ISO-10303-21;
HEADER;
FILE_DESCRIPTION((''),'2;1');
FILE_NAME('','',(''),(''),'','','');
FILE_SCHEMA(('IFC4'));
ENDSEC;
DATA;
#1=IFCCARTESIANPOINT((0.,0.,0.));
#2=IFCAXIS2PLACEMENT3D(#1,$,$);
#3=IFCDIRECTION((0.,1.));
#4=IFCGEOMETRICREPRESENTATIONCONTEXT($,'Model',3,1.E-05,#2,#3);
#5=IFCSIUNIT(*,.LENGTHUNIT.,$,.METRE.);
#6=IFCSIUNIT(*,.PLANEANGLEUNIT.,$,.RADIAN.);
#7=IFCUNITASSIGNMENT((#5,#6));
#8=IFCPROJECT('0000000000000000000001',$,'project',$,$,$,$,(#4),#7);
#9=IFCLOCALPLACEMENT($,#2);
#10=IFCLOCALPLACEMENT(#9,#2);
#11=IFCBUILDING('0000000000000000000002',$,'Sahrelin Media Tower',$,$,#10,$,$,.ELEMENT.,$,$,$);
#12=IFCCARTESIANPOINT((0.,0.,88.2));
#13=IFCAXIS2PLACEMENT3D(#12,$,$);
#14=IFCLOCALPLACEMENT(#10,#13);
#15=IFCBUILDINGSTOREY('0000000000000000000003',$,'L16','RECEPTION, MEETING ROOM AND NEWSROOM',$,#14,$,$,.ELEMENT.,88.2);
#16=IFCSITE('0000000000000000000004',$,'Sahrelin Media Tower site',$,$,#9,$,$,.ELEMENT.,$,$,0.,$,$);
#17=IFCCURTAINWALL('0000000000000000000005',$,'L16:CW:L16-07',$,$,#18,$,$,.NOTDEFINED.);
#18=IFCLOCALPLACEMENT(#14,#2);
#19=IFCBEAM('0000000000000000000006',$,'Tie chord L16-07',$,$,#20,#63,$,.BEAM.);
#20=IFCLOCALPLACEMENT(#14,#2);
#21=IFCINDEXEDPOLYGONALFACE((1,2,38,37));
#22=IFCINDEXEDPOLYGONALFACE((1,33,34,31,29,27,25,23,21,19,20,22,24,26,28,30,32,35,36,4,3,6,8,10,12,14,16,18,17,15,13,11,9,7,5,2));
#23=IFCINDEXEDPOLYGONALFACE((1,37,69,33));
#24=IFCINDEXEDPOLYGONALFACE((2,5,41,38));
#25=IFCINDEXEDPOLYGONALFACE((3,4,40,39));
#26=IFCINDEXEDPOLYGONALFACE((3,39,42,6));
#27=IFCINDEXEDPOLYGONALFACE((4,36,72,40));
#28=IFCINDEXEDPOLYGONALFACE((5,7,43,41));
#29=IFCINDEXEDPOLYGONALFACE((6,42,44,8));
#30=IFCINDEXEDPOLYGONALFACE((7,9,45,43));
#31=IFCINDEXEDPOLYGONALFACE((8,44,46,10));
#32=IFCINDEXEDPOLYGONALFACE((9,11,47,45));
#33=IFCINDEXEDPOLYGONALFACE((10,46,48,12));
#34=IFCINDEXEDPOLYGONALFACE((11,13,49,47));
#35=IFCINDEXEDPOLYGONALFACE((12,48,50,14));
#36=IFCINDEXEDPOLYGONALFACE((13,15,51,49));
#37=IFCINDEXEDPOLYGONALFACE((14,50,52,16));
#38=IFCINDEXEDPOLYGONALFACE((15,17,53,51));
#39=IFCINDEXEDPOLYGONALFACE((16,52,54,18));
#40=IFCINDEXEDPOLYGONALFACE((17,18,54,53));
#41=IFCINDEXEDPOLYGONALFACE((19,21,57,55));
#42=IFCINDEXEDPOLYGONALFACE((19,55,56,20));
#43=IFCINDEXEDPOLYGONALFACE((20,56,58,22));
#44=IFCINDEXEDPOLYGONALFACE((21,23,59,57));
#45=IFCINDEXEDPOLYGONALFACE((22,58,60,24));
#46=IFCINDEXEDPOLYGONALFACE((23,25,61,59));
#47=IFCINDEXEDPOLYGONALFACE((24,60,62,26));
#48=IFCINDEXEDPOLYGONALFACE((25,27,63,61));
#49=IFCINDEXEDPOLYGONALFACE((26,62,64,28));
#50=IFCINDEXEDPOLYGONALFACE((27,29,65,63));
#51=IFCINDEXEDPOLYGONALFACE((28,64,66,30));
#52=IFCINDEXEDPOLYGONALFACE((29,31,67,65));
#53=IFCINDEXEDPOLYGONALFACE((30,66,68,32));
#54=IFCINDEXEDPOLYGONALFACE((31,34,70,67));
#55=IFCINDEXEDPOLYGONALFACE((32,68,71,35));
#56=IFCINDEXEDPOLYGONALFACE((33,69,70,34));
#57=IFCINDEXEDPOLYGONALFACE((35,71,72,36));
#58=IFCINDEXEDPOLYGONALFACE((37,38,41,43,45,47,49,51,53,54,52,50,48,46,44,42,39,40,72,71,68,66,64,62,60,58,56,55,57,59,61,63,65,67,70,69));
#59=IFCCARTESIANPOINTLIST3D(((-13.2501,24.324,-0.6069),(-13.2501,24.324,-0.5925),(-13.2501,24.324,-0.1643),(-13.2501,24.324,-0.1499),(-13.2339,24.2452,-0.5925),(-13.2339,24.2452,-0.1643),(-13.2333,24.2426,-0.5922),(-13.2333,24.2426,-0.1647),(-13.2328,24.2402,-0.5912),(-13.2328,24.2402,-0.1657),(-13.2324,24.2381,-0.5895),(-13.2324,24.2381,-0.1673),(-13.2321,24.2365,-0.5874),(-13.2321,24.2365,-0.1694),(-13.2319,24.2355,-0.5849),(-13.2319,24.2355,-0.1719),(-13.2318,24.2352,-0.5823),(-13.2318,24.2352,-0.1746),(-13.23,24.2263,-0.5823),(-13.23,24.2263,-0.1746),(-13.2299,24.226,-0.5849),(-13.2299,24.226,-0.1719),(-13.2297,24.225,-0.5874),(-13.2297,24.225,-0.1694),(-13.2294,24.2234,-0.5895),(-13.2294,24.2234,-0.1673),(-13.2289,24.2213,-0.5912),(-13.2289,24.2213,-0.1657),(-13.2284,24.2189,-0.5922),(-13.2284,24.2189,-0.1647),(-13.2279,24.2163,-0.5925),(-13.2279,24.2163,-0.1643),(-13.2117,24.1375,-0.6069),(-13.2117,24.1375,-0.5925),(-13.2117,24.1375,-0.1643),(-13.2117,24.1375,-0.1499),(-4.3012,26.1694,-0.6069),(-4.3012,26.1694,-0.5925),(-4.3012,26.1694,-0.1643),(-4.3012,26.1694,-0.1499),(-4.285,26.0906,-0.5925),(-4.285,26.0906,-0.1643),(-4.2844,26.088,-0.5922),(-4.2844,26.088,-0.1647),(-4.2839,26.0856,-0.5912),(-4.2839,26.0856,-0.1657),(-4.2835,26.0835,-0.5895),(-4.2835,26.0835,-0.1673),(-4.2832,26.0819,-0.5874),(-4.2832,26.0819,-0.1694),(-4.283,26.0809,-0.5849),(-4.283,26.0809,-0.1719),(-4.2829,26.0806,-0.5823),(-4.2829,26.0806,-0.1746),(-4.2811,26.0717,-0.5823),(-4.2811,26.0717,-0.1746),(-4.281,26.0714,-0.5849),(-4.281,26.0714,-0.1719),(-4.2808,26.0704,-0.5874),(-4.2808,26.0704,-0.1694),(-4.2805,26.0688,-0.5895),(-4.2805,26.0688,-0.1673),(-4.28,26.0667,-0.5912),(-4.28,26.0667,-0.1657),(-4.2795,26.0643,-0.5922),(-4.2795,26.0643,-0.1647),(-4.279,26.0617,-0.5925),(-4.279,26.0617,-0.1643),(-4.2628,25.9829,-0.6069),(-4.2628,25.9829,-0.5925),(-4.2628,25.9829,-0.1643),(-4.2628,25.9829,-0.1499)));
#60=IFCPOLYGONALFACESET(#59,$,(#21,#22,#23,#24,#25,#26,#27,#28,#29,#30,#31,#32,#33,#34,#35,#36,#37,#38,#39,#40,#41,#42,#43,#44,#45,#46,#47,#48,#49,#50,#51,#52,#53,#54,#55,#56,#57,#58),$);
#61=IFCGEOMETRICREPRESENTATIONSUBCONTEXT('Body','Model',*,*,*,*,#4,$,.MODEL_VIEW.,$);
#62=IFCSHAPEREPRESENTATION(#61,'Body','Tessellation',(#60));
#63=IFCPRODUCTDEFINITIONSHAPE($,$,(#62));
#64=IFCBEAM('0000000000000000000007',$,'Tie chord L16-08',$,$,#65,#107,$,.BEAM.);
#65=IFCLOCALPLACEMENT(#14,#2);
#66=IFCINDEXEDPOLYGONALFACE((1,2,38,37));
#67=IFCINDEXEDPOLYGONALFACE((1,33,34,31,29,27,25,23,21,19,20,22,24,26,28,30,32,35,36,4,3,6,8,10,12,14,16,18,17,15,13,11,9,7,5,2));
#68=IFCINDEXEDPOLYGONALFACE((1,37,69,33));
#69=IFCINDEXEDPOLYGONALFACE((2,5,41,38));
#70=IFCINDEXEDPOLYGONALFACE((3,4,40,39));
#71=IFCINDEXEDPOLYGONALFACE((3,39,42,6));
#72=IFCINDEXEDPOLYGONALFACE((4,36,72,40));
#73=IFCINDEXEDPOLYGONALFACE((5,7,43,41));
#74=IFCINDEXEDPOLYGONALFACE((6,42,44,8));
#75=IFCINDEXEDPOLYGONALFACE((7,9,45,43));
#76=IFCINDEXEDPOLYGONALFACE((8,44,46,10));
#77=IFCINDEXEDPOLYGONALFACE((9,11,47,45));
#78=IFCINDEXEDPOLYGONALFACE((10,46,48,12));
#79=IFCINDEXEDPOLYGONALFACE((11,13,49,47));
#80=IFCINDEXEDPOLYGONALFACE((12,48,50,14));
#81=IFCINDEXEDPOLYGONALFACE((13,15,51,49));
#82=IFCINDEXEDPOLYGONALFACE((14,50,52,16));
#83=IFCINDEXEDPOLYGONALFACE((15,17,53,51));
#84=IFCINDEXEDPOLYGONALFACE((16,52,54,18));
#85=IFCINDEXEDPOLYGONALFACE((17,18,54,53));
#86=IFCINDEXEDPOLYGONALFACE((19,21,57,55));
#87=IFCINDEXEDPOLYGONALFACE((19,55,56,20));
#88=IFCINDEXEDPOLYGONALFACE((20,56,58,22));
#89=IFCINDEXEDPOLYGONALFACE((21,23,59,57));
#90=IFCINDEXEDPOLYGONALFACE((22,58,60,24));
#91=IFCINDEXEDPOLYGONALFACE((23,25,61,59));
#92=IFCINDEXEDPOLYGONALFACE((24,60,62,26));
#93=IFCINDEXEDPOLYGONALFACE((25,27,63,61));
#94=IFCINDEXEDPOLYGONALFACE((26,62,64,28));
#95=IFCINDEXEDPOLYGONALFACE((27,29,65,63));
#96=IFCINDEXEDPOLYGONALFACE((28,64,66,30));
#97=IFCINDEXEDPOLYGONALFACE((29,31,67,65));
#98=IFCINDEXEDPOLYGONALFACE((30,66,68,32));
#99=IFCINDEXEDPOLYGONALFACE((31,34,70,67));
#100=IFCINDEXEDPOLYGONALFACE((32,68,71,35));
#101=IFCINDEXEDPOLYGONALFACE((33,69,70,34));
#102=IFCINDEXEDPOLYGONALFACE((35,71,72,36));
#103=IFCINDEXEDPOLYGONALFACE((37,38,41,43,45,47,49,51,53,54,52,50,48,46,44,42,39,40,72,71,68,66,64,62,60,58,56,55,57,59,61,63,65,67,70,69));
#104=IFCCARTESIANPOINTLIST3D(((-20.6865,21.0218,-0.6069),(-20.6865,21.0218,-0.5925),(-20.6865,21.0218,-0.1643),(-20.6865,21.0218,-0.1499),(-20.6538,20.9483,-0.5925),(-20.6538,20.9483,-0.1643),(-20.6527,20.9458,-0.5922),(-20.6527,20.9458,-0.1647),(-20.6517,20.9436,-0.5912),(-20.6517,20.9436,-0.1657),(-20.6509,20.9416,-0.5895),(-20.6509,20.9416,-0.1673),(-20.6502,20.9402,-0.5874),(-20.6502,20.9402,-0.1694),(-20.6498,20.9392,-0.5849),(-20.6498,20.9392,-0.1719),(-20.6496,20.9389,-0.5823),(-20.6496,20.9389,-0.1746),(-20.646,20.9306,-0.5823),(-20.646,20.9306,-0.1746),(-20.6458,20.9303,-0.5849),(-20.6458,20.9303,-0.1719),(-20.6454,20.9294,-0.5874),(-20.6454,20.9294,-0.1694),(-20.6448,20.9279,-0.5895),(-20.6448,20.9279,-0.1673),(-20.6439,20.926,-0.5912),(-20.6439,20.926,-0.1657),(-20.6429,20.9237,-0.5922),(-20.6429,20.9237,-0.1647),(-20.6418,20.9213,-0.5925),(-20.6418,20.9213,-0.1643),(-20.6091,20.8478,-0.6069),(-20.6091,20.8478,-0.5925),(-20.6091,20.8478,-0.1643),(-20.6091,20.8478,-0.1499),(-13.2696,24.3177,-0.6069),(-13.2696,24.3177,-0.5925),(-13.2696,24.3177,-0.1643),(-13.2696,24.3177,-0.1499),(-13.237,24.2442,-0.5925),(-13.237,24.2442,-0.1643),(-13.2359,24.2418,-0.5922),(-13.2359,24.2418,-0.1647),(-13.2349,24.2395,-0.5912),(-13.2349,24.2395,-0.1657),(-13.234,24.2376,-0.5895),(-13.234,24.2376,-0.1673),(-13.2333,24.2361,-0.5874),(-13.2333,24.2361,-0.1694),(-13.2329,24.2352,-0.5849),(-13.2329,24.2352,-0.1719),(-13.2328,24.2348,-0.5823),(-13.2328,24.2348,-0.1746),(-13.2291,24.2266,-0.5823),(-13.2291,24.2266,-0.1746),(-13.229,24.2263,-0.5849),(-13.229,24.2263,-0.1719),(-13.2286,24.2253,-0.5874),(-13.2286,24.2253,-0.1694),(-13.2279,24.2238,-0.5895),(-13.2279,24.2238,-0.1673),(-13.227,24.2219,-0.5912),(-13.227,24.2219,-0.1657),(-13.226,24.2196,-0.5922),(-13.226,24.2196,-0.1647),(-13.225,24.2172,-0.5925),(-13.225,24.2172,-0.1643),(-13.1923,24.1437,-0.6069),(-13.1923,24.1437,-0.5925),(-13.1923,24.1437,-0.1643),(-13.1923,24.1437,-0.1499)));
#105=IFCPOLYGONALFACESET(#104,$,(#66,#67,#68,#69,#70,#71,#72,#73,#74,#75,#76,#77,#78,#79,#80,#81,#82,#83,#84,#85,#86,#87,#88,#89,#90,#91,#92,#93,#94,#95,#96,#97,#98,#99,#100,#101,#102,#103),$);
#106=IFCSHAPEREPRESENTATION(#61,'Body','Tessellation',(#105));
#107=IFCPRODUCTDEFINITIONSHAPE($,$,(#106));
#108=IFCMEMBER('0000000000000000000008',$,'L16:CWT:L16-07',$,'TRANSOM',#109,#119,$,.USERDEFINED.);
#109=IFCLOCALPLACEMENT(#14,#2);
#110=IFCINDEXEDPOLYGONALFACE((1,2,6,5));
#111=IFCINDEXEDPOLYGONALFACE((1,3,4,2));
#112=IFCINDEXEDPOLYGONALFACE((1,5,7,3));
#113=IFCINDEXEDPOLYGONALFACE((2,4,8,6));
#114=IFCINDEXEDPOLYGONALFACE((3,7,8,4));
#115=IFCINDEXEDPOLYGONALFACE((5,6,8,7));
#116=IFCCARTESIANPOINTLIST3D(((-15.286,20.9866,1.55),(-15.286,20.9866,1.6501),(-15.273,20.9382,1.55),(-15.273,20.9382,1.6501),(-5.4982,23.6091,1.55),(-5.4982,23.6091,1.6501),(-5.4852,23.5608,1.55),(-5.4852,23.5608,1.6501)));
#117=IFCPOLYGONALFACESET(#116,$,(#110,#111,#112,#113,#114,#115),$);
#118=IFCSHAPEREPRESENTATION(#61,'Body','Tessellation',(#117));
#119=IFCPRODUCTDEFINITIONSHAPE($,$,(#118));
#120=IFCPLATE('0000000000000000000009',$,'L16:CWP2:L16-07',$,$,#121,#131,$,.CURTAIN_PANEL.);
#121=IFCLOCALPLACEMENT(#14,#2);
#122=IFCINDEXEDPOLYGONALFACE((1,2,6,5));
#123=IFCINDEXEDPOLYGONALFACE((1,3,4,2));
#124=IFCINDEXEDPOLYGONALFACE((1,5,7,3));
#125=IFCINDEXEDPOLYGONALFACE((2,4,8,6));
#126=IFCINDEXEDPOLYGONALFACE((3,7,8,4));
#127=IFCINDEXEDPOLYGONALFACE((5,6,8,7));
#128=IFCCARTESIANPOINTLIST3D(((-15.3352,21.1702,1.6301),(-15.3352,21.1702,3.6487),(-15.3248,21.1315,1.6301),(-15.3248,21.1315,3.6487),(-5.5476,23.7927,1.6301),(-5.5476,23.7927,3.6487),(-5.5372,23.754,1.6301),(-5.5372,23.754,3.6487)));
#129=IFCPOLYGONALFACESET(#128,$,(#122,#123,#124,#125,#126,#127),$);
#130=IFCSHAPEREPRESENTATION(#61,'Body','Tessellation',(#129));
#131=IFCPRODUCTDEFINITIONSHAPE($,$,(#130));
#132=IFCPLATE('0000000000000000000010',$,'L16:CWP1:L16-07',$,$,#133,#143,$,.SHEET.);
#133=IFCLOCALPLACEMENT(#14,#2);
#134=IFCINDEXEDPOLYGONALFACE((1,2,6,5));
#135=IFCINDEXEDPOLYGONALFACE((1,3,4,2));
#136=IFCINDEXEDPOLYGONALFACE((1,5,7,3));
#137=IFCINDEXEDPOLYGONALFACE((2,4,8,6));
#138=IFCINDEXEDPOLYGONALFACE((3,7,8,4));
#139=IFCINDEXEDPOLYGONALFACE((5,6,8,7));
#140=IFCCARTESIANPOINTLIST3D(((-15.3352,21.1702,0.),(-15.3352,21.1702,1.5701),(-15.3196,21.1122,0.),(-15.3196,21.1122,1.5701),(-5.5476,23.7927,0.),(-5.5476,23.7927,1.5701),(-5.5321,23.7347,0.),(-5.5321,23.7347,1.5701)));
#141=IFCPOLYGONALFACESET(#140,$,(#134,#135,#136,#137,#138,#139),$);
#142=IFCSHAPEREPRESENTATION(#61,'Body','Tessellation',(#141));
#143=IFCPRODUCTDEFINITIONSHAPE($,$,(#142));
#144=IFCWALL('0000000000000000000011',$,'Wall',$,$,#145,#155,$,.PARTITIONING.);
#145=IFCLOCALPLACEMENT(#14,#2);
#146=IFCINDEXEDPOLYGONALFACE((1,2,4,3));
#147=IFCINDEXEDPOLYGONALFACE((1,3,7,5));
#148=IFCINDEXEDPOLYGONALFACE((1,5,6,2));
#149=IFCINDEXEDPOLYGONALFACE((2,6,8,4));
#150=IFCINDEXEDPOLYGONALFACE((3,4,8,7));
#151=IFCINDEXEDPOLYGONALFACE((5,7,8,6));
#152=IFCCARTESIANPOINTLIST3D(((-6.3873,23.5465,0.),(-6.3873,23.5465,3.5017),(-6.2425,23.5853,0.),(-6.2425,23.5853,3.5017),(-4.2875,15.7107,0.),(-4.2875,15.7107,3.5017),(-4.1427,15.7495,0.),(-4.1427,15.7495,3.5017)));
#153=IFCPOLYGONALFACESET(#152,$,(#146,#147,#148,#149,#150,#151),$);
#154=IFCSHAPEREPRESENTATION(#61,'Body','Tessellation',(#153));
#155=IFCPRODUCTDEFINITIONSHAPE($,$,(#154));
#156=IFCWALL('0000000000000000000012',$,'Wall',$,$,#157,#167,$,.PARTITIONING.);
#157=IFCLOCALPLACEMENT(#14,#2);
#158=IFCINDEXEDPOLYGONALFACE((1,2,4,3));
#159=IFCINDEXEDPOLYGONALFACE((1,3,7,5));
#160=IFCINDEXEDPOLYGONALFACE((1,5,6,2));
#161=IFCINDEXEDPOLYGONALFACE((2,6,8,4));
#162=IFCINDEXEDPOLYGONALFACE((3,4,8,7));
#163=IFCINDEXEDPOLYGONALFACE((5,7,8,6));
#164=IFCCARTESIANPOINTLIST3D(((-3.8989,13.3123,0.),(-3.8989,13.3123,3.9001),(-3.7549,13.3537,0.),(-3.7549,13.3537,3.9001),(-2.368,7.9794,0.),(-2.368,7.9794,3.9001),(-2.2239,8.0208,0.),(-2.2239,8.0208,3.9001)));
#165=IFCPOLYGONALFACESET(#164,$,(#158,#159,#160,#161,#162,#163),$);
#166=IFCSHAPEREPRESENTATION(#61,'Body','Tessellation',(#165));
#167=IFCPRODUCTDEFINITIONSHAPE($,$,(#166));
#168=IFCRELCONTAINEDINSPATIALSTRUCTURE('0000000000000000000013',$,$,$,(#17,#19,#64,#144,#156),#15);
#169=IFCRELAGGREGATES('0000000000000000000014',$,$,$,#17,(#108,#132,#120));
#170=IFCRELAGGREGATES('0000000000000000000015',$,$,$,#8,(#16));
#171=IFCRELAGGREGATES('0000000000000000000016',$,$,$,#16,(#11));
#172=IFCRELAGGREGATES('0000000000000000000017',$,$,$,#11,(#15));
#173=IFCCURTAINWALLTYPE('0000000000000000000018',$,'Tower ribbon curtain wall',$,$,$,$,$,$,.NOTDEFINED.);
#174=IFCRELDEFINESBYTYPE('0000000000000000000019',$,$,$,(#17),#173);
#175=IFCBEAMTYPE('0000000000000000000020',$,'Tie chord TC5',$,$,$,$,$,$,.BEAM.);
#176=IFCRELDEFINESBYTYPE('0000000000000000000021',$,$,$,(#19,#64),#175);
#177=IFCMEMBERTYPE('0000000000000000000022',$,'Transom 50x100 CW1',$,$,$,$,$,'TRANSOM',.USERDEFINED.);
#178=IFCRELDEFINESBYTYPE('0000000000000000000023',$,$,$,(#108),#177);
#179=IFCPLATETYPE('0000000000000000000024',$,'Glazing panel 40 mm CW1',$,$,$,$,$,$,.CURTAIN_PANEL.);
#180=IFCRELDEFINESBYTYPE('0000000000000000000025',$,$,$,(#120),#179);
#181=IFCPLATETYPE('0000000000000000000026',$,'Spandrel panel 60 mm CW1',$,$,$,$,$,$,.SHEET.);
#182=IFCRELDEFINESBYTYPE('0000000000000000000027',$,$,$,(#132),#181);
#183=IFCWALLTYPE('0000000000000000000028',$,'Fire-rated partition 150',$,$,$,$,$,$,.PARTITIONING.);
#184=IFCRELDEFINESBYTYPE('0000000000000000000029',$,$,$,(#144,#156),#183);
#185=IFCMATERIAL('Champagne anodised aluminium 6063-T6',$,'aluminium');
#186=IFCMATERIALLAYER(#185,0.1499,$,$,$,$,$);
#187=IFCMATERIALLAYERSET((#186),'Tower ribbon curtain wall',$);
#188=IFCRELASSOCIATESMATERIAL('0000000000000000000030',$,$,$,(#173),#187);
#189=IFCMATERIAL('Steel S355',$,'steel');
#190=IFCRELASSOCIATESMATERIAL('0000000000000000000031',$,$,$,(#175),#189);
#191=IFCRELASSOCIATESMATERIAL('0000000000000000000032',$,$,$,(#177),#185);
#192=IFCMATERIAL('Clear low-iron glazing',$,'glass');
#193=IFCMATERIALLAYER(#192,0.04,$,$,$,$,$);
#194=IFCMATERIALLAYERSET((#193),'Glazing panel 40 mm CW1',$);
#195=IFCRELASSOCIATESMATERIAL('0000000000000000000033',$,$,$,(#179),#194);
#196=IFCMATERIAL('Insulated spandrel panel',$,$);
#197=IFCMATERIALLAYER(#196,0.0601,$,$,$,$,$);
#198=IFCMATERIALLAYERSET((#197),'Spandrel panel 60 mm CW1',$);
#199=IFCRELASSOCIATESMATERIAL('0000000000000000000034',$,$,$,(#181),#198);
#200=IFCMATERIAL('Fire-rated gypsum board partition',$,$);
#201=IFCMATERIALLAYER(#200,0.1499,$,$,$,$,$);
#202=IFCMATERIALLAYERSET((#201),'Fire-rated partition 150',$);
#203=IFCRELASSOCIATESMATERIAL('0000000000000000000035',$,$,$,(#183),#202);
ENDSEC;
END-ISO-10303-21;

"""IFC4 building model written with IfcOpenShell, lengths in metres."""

from ifc_helpers import new_model, si_unit, direction, frame, frame_2d, origin, origin_2d, place, context, subcontext, project, spatial, polyline, rectangle, i_section, outline, extrude, material, layer, layer_set, material_profile, profile_set, type_object, element, aggregate, save


model = new_model("IFC4")

# Units and contexts
model_context = context("Model", 3, precision=1e-05, world=origin(), true_north=direction((0.0, 1.0)))
body_context = subcontext(model_context, "Body", "Model", "MODEL_VIEW")
ifc_project = project(units=[si_unit("LENGTHUNIT", "METRE"), si_unit("PLANEANGLEUNIT", "RADIAN")], contexts=[model_context])

# Site, building, storey
site_placement = place(None, origin())
site = spatial("IfcSite", under=ifc_project, at=site_placement, Name="Sahrelin Media Tower site", CompositionType="ELEMENT", RefElevation=0.0)
building_placement = place(site_placement, origin())
building = spatial("IfcBuilding", under=site, at=building_placement, Name="Sahrelin Media Tower", CompositionType="ELEMENT")
storey_placement = place(building_placement, frame((0.0, 0.0, 88.2)))
storey = spatial("IfcBuildingStorey", under=building, at=storey_placement, Name="L16", Description="RECEPTION, MEETING ROOM AND NEWSROOM", CompositionType="ELEMENT", Elevation=88.2)

# Shared definitions
ifc_material_1 = material(Name="Steel S355", Category="steel")

# Curtain wall
ifc_material_2 = material(Name="Champagne anodised aluminium 6063-T6", Category="aluminium")
ifc_layer_1 = layer(ifc_material_2, 0.1499)
ifc_layer_set_1 = layer_set([ifc_layer_1], Name="Tower ribbon curtain wall")
curtain_wall_type = type_object("IfcCurtainWallType", Name="Tower ribbon curtain wall", PredefinedType="NOTDEFINED", material=ifc_layer_set_1)
curtain_wall_placement = place(storey_placement, frame((-10.4363, 22.4622, 0.0), z_axis=(0.0, 0.0, 1.0), x_axis=(1.0, 0.0, 0.0)))
curtain_wall = element("IfcCurtainWall", 1, at=curtain_wall_placement, inside=storey, type_object=curtain_wall_type, Name="L16:CW:L16-07", PredefinedType="NOTDEFINED")

# Beams
ifc_material_profile_1 = material_profile(ifc_material_1, i_section(OverallWidth=0.1904, OverallDepth=0.457, WebThickness=0.009, FlangeThickness=0.0144, FilletRadius=0.0103, at=origin_2d()), Name="UB 457x191x74")
ifc_profile_set_1 = profile_set([ifc_material_profile_1], Name="Steel S355")
beam_type_1 = type_object("IfcBeamType", Name="Tie chord TC5", PredefinedType="BEAM", material=ifc_profile_set_1)
beam_1_placement = place(storey_placement, frame((-4.282, 26.0762, -0.3784), z_axis=(-0.979392, -0.20197, 0.0), x_axis=(0.20197, -0.979392, 0.0)))
element("IfcBeam", 2, at=beam_1_placement, inside=storey, type_object=beam_type_1, Name="Tie chord L16-07", PredefinedType="BEAM", context=body_context, shape_type="SweptSolid", body=[
    extrude(i_section(OverallWidth=0.1904, OverallDepth=0.457, WebThickness=0.009, FlangeThickness=0.0144, FilletRadius=0.0103, at=origin_2d()), origin(), (0.0, 0.0, 1.0), 9.1372),
])
beam_2_placement = place(storey_placement, frame((-13.231, 24.2307, -0.3784), z_axis=(-0.913831, -0.406094, 0.0), x_axis=(0.406094, -0.913831, 0.0)))
element("IfcBeam", 3, at=beam_2_placement, inside=storey, type_object=beam_type_1, Name="Tie chord L16-08", PredefinedType="BEAM", context=body_context, shape_type="SweptSolid", body=[
    extrude(i_section(OverallWidth=0.1904, OverallDepth=0.457, WebThickness=0.009, FlangeThickness=0.0144, FilletRadius=0.0103, at=origin_2d()), origin(), (0.0, 0.0, 1.0), 8.1162),
])

# Member
ifc_material_profile_2 = material_profile(ifc_material_2, rectangle(XDim=0.05, YDim=0.1001, at=origin_2d()), Name="Transom 50x100")
ifc_profile_set_2 = profile_set([ifc_material_profile_2], Name="Champagne anodised aluminium 6063-T6")
member_type_1 = type_object("IfcMemberType", Name="Transom 50x100 CW1", ElementType="TRANSOM", PredefinedType="USERDEFINED", material=ifc_profile_set_2)
member_1_placement = place(storey_placement, frame((-5.4917, 23.585, 1.6001), z_axis=(-0.965928, -0.258811, 0.0), x_axis=(0.258811, -0.965928, 0.0)))
member_1 = element("IfcMember", 4, at=member_1_placement, type_object=member_type_1, Name="L16:CWT:L16-07", ObjectType="TRANSOM", PredefinedType="USERDEFINED", context=body_context, shape_type="SweptSolid", body=[
    extrude(rectangle(XDim=0.05, YDim=0.1001, at=origin_2d()), origin(), (0.0, 0.0, 1.0), 10.1331),
])

# Plates
ifc_material_3 = material(Name="Clear low-iron glazing", Category="glass")
ifc_layer_2 = layer(ifc_material_3, 0.04)
ifc_layer_set_2 = layer_set([ifc_layer_2], Name="Glazing panel 40 mm CW1")
plate_type_1 = type_object("IfcPlateType", Name="Glazing panel 40 mm CW1", PredefinedType="CURTAIN_PANEL", material=ifc_layer_set_2)
plate_1_placement = place(storey_placement, frame((-5.5476, 23.7927, 1.6301), z_axis=(-0.258817, 0.965926, 0.0), x_axis=(-0.965926, -0.258817, 0.0)))
plate_1 = element("IfcPlate", 5, at=plate_1_placement, type_object=plate_type_1, Name="L16:CWP2:L16-07", PredefinedType="CURTAIN_PANEL", context=body_context, shape_type="SweptSolid", body=[
    extrude(outline(polyline([(0.0, 0.0), (10.1328, 0.0), (10.1328, 2.0186), (0.0, 2.0186), (0.0, 0.0)])), origin(), (0.0, 0.0, -1.0), 0.04),
])
ifc_material_4 = material(Name="Insulated spandrel panel")
ifc_layer_3 = layer(ifc_material_4, 0.0601)
ifc_layer_set_3 = layer_set([ifc_layer_3], Name="Spandrel panel 60 mm CW1")
plate_type_2 = type_object("IfcPlateType", Name="Spandrel panel 60 mm CW1", PredefinedType="SHEET", material=ifc_layer_set_3)
plate_2_placement = place(storey_placement, frame((-5.5476, 23.7927, 0.0), z_axis=(-0.258817, 0.965926, 0.0), x_axis=(-0.965926, -0.258817, 0.0)))
plate_2 = element("IfcPlate", 6, at=plate_2_placement, type_object=plate_type_2, Name="L16:CWP1:L16-07", PredefinedType="SHEET", context=body_context, shape_type="SweptSolid", body=[
    extrude(outline(polyline([(0.0, 0.0), (10.1328, 0.0), (10.1328, 1.5701), (0.0, 1.5701), (0.0, 0.0)])), origin(), (0.0, 0.0, -1.0), 0.0601),
])
aggregate(curtain_wall, [member_1, plate_2, plate_1])

# Walls
ifc_material_5 = material(Name="Fire-rated gypsum board partition")
ifc_layer_4 = layer(ifc_material_5, 0.1499)
ifc_layer_set_4 = layer_set([ifc_layer_4], Name="Fire-rated partition 150")
wall_type_1 = type_object("IfcWallType", Name="Fire-rated partition 150", PredefinedType="PARTITIONING", material=ifc_layer_set_4)
wall_1_placement = place(storey_placement, frame((-6.3149, 23.5659, 0.0), z_axis=(0.0, 0.0, 1.0), x_axis=(0.258844, -0.965919, 0.0)))
element("IfcWall", 7, at=wall_1_placement, inside=storey, type_object=wall_type_1, Name="Wall", PredefinedType="PARTITIONING", context=body_context, shape_type="SweptSolid", body=[
    extrude(rectangle(XDim=8.1123, YDim=0.1499, at=frame_2d((4.0562, 0.0))), origin(), (0.0, 0.0, 1.0), 3.5017),
])
wall_2_placement = place(storey_placement, frame((-3.8269, 13.333, 0.0), z_axis=(0.0, 0.0, 1.0), x_axis=(0.275936, -0.961176, 0.0)))
element("IfcWall", 8, at=wall_2_placement, inside=storey, type_object=wall_type_1, Name="Wall", PredefinedType="PARTITIONING", context=body_context, shape_type="SweptSolid", body=[
    extrude(rectangle(XDim=5.5483, YDim=0.1499, at=frame_2d((2.7742, 0.0))), origin(), (0.0, 0.0, 1.0), 3.9001),
])

save(model, "model.ifc")
